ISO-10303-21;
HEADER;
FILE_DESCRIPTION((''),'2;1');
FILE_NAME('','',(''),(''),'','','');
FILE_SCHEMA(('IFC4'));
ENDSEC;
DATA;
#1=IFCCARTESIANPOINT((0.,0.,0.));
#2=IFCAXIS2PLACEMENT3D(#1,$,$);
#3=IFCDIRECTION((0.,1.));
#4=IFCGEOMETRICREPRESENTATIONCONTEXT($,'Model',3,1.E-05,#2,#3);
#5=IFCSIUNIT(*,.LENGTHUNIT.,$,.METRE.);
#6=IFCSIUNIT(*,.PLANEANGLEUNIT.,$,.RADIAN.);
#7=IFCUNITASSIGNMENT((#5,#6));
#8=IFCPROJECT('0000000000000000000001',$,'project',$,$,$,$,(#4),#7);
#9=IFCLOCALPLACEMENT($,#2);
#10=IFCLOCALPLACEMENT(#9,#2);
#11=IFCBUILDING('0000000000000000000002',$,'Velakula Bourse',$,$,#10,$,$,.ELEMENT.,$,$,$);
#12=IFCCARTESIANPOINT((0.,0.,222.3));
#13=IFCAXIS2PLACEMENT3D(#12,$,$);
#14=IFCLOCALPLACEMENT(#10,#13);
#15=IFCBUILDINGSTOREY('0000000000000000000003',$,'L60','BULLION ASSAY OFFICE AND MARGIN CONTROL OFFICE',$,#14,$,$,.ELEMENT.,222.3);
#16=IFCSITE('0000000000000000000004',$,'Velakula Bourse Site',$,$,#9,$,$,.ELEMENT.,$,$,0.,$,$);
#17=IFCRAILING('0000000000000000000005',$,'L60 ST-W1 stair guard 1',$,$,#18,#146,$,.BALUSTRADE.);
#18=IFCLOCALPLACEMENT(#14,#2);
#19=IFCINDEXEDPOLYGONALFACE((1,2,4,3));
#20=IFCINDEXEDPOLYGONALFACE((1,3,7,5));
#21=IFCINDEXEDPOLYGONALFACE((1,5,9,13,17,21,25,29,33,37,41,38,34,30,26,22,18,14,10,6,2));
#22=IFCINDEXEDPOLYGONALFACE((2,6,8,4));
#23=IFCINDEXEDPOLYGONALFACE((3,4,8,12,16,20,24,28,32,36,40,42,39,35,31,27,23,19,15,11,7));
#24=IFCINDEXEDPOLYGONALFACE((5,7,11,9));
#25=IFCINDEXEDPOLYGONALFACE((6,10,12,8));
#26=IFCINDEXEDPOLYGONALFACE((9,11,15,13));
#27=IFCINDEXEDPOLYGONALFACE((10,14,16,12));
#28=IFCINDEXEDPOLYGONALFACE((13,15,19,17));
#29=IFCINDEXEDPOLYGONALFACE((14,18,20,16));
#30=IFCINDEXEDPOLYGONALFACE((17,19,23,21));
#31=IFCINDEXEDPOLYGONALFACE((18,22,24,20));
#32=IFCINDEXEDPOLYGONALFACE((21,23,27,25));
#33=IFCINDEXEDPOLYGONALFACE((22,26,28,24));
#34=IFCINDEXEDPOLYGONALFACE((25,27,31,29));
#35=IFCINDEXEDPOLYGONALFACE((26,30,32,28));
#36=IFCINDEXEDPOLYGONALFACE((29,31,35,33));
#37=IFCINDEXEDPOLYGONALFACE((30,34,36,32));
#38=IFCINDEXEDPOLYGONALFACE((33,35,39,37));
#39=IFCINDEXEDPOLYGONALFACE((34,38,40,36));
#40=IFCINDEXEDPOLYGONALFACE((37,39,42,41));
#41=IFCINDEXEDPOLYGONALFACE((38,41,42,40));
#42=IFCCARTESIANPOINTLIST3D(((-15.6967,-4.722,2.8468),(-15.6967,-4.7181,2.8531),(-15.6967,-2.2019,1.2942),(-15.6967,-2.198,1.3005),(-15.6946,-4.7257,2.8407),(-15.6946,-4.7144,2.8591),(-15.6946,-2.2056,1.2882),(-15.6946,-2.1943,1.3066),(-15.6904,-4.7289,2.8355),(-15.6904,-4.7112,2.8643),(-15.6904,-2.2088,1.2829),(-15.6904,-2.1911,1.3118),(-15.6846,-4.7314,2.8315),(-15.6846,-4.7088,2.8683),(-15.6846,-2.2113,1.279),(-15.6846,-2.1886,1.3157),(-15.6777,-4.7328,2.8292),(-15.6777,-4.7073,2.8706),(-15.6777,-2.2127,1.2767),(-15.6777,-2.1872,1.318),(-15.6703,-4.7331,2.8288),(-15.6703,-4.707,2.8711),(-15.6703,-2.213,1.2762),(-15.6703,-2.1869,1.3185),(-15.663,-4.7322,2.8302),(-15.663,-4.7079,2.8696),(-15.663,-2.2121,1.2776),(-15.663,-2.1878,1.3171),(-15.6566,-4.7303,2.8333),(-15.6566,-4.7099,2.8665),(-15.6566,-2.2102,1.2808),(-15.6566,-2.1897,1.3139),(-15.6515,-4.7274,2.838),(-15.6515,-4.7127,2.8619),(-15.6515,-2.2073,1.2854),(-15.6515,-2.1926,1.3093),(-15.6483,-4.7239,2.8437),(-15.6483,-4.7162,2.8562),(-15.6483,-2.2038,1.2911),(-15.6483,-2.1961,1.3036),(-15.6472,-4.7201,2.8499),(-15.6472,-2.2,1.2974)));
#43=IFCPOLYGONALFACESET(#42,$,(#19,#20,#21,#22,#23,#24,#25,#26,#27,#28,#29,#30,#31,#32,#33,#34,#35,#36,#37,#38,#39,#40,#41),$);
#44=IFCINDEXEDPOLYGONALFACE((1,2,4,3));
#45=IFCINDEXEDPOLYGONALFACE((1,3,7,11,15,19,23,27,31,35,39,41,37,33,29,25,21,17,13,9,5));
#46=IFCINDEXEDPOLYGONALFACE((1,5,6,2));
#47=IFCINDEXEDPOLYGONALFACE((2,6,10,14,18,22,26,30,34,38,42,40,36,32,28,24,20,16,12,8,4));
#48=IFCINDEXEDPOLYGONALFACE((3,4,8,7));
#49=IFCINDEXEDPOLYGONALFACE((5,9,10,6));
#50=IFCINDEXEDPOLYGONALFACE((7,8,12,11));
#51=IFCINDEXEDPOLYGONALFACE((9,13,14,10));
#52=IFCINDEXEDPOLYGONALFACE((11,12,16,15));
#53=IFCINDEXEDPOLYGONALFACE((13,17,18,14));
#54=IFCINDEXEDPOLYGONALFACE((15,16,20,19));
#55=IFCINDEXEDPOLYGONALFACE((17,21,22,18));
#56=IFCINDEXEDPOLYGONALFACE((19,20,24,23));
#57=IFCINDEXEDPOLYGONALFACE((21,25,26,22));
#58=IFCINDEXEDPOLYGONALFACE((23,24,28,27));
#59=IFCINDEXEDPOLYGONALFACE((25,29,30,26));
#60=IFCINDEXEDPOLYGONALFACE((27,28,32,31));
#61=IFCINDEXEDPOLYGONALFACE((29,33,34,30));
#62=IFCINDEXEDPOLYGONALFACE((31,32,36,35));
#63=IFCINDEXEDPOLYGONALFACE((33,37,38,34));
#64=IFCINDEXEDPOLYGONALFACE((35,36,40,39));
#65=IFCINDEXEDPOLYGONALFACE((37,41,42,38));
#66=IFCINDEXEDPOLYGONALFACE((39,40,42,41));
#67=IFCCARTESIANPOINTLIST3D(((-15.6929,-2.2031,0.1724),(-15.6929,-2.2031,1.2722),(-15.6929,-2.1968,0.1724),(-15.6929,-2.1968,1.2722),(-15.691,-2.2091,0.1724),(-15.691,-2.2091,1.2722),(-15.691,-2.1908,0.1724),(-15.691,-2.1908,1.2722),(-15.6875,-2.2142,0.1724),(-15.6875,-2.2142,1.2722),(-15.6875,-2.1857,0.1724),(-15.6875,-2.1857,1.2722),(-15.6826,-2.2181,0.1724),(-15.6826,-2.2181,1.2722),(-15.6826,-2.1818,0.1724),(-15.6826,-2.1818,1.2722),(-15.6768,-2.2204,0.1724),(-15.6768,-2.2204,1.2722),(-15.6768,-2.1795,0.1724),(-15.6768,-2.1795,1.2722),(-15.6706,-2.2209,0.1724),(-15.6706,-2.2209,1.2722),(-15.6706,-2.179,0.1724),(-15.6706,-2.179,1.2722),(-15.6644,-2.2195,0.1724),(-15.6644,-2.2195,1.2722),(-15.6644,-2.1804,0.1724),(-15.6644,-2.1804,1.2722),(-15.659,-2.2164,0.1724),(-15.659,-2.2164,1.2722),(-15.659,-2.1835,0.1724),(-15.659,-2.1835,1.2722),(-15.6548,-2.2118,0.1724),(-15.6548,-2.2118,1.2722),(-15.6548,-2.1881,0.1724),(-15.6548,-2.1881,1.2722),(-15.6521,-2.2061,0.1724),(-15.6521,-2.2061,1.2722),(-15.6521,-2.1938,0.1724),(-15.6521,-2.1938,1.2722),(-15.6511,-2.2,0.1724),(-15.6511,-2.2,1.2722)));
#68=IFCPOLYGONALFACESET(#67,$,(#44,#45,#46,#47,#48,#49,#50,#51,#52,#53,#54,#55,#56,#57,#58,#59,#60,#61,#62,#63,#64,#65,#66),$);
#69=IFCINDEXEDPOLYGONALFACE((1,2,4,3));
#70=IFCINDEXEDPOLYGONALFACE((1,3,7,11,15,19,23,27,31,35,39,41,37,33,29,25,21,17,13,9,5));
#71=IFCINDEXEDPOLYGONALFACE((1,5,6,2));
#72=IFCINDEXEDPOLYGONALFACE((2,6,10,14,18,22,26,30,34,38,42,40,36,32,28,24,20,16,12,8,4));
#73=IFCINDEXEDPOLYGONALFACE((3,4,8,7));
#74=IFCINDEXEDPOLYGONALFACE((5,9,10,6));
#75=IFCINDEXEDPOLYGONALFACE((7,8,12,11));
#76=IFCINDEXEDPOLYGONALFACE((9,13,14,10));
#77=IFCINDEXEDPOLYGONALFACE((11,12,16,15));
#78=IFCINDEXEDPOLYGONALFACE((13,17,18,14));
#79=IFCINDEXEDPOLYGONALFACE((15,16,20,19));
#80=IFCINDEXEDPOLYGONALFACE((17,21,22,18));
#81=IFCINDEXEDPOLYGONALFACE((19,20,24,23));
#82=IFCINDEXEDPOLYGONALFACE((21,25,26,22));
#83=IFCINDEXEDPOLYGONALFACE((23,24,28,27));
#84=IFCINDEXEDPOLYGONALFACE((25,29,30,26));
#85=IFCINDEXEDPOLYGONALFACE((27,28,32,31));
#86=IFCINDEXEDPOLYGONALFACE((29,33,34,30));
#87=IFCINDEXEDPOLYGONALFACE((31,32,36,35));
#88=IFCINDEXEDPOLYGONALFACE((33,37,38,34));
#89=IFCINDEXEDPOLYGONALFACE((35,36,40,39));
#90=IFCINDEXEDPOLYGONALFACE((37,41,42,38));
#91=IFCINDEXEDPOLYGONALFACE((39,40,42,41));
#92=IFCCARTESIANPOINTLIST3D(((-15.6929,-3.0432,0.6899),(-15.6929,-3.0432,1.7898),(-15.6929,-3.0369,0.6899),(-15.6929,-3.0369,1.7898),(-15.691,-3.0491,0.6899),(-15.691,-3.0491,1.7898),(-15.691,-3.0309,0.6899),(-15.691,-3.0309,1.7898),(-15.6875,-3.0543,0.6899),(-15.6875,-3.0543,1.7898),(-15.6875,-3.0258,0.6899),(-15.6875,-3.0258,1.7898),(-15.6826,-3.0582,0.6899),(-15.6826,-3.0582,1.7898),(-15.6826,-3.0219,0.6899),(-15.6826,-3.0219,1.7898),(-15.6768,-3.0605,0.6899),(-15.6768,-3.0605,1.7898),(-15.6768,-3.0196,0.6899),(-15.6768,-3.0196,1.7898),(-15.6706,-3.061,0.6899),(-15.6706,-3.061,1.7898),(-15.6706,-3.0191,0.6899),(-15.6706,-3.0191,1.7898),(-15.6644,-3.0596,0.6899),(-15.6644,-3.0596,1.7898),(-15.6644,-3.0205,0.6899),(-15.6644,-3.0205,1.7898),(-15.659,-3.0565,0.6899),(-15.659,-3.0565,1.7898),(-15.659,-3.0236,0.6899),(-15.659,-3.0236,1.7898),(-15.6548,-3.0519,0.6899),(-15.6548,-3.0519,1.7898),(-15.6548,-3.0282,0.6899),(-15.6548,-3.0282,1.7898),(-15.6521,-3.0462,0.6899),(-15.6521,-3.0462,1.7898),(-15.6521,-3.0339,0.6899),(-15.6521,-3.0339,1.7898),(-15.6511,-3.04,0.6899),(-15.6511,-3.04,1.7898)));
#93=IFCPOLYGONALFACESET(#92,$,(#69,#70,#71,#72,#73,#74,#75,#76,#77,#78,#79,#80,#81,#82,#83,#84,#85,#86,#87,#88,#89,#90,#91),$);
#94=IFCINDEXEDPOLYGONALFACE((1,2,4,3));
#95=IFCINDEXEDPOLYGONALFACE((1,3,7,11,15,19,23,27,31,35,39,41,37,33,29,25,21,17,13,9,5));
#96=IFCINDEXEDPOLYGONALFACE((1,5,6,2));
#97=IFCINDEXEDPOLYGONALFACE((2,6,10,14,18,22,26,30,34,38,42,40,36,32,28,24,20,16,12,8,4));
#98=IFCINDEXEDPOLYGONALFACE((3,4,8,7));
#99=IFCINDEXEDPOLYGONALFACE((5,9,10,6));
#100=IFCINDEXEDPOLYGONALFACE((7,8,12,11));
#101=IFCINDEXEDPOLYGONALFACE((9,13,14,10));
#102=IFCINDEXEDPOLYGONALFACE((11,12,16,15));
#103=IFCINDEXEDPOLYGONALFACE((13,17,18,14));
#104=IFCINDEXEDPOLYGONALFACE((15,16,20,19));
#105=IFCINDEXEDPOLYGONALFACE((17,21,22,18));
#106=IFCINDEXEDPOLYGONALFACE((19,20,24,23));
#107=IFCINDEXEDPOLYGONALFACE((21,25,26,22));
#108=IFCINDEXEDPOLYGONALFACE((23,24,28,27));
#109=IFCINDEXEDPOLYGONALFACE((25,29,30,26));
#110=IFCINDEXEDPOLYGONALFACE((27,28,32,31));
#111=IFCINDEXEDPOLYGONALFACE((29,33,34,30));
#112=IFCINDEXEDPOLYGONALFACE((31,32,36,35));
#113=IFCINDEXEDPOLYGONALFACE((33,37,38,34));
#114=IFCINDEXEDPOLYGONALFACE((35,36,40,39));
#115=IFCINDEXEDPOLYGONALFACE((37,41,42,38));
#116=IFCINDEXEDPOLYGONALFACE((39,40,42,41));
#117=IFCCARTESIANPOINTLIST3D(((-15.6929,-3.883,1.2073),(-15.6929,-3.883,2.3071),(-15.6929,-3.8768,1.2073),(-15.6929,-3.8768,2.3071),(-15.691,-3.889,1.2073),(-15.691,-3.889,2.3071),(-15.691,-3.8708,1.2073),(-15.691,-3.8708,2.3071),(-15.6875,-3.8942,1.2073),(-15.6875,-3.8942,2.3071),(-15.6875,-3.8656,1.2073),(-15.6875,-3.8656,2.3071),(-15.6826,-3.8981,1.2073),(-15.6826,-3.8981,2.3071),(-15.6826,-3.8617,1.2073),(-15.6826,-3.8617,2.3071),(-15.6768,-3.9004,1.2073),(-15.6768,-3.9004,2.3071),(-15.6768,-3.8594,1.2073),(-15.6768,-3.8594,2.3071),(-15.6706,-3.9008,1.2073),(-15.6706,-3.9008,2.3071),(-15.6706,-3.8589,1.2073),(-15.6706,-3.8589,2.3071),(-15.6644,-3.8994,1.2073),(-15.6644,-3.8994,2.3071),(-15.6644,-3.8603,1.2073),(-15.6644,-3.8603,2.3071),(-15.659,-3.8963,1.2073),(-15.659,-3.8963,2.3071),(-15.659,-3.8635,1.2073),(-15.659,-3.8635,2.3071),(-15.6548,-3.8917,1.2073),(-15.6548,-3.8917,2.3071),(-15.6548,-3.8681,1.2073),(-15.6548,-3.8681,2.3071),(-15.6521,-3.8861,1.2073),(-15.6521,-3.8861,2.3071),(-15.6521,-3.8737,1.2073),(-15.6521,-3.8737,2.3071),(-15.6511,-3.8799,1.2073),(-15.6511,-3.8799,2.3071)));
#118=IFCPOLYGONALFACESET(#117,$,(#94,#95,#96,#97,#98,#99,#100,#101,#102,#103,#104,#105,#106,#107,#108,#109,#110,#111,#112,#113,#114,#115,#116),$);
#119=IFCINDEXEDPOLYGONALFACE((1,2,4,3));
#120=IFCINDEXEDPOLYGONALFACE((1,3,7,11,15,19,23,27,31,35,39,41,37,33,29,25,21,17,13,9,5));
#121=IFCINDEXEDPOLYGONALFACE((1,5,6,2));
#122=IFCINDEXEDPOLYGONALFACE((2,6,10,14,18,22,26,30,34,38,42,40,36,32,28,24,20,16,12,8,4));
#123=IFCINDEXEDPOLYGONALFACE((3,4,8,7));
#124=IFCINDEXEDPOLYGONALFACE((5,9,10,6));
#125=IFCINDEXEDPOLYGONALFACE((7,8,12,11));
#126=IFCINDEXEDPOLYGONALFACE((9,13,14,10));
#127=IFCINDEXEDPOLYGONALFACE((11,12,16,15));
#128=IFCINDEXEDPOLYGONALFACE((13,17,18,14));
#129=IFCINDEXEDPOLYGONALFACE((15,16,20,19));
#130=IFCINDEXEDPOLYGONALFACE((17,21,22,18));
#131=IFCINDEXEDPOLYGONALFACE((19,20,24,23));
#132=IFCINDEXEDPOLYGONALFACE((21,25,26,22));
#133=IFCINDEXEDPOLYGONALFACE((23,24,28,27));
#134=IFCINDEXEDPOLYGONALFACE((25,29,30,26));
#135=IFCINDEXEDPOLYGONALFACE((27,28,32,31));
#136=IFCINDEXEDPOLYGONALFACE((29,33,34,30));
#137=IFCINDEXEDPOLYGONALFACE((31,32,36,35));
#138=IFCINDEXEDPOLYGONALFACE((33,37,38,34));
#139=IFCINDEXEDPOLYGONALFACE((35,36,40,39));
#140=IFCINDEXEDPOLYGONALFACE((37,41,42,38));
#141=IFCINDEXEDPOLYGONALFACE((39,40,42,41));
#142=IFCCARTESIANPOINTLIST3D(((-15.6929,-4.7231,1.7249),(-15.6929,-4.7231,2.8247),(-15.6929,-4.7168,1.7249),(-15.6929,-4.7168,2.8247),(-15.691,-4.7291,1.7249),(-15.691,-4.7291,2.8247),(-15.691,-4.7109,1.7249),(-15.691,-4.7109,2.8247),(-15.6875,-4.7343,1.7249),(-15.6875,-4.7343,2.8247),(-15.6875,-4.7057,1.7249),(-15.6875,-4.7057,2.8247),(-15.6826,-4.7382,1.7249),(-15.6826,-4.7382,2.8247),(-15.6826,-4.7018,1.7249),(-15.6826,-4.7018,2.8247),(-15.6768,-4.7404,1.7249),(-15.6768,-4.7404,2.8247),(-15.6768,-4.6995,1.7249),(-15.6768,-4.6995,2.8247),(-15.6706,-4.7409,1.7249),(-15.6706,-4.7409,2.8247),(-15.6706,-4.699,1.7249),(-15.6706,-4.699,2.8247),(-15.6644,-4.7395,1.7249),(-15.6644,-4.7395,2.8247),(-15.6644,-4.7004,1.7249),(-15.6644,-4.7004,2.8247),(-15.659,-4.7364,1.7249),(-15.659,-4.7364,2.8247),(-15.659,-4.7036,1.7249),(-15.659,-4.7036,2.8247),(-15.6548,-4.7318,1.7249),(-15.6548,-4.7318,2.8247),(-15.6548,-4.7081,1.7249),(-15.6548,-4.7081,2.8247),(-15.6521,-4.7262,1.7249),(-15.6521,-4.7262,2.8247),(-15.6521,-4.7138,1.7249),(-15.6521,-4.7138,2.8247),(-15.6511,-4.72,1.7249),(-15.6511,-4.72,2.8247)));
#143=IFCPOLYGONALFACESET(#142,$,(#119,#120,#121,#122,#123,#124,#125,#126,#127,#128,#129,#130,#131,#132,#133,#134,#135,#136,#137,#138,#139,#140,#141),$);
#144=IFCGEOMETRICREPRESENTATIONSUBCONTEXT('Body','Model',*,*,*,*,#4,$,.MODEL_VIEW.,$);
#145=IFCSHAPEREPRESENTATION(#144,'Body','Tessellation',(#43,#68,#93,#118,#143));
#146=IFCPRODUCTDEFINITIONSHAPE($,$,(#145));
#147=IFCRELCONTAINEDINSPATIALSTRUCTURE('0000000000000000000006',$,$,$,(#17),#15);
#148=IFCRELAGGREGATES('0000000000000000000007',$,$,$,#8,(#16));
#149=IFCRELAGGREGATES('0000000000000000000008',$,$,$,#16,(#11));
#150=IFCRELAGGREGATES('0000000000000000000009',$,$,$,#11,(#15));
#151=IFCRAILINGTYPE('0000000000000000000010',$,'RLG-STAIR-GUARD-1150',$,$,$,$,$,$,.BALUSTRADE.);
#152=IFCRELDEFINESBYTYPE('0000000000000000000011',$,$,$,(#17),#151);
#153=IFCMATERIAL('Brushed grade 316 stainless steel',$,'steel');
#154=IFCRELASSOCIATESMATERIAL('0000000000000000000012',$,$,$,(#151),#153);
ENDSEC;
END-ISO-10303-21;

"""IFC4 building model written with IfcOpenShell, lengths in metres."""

from ifc_helpers import new_model, si_unit, direction, frame, origin, origin_2d, place, context, subcontext, project, spatial, circle, extrude, material, type_object, element, save


model = new_model("IFC4")

# Units and contexts
model_context = context("Model", 3, precision=1e-05, world=origin(), true_north=direction((0.0, 1.0)))
body_context = subcontext(model_context, "Body", "Model", "MODEL_VIEW")
ifc_project = project(units=[si_unit("LENGTHUNIT", "METRE"), si_unit("PLANEANGLEUNIT", "RADIAN")], contexts=[model_context])

# Site, building, storey
site_placement = place(None, origin())
site = spatial("IfcSite", under=ifc_project, at=site_placement, Name="Velakula Bourse Site", CompositionType="ELEMENT", RefElevation=0.0)
building_placement = place(site_placement, origin())
building = spatial("IfcBuilding", under=site, at=building_placement, Name="Velakula Bourse", CompositionType="ELEMENT")
storey_placement = place(building_placement, frame((0.0, 0.0, 222.3)))
storey = spatial("IfcBuildingStorey", under=building, at=storey_placement, Name="L60", Description="BULLION ASSAY OFFICE AND MARGIN CONTROL OFFICE", CompositionType="ELEMENT", Elevation=222.3)

# Shared definitions
ifc_material_1 = material(Name="Brushed grade 316 stainless steel", Category="steel")

# Railing
railing_type_1 = type_object("IfcRailingType", Name="RLG-STAIR-GUARD-1150", PredefinedType="BALUSTRADE", material=ifc_material_1)
railing_1_placement = place(storey_placement, frame((-15.6721, -2.2, 0.1724)))
element("IfcRailing", 1, at=railing_1_placement, inside=storey, type_object=railing_type_1, Name="L60 ST-W1 stair guard 1", PredefinedType="BALUSTRADE", context=body_context, shape_type="SweptSolid", body=[
    extrude(circle(Radius=0.0249, at=origin_2d()), frame((0.0, 0.0, 1.125), z_axis=(0.0, -0.8514, 0.524516), x_axis=(1.0, 0.0, 0.0)), (0.0, 0.0, 1.0), 2.96),
    extrude(circle(Radius=0.021, at=origin_2d()), origin(), (0.0, 0.0, 1.0), 1.0999),
    extrude(circle(Radius=0.021, at=origin_2d()), frame((0.0, -0.8401, 0.5176)), (0.0, 0.0, 1.0), 1.0999),
    extrude(circle(Radius=0.021, at=origin_2d()), frame((0.0, -1.6799, 1.0349)), (0.0, 0.0, 1.0), 1.0999),
    extrude(circle(Radius=0.021, at=origin_2d()), frame((0.0, -2.52, 1.5525)), (0.0, 0.0, 1.0), 1.0999),
])

save(model, "model.ifc")
